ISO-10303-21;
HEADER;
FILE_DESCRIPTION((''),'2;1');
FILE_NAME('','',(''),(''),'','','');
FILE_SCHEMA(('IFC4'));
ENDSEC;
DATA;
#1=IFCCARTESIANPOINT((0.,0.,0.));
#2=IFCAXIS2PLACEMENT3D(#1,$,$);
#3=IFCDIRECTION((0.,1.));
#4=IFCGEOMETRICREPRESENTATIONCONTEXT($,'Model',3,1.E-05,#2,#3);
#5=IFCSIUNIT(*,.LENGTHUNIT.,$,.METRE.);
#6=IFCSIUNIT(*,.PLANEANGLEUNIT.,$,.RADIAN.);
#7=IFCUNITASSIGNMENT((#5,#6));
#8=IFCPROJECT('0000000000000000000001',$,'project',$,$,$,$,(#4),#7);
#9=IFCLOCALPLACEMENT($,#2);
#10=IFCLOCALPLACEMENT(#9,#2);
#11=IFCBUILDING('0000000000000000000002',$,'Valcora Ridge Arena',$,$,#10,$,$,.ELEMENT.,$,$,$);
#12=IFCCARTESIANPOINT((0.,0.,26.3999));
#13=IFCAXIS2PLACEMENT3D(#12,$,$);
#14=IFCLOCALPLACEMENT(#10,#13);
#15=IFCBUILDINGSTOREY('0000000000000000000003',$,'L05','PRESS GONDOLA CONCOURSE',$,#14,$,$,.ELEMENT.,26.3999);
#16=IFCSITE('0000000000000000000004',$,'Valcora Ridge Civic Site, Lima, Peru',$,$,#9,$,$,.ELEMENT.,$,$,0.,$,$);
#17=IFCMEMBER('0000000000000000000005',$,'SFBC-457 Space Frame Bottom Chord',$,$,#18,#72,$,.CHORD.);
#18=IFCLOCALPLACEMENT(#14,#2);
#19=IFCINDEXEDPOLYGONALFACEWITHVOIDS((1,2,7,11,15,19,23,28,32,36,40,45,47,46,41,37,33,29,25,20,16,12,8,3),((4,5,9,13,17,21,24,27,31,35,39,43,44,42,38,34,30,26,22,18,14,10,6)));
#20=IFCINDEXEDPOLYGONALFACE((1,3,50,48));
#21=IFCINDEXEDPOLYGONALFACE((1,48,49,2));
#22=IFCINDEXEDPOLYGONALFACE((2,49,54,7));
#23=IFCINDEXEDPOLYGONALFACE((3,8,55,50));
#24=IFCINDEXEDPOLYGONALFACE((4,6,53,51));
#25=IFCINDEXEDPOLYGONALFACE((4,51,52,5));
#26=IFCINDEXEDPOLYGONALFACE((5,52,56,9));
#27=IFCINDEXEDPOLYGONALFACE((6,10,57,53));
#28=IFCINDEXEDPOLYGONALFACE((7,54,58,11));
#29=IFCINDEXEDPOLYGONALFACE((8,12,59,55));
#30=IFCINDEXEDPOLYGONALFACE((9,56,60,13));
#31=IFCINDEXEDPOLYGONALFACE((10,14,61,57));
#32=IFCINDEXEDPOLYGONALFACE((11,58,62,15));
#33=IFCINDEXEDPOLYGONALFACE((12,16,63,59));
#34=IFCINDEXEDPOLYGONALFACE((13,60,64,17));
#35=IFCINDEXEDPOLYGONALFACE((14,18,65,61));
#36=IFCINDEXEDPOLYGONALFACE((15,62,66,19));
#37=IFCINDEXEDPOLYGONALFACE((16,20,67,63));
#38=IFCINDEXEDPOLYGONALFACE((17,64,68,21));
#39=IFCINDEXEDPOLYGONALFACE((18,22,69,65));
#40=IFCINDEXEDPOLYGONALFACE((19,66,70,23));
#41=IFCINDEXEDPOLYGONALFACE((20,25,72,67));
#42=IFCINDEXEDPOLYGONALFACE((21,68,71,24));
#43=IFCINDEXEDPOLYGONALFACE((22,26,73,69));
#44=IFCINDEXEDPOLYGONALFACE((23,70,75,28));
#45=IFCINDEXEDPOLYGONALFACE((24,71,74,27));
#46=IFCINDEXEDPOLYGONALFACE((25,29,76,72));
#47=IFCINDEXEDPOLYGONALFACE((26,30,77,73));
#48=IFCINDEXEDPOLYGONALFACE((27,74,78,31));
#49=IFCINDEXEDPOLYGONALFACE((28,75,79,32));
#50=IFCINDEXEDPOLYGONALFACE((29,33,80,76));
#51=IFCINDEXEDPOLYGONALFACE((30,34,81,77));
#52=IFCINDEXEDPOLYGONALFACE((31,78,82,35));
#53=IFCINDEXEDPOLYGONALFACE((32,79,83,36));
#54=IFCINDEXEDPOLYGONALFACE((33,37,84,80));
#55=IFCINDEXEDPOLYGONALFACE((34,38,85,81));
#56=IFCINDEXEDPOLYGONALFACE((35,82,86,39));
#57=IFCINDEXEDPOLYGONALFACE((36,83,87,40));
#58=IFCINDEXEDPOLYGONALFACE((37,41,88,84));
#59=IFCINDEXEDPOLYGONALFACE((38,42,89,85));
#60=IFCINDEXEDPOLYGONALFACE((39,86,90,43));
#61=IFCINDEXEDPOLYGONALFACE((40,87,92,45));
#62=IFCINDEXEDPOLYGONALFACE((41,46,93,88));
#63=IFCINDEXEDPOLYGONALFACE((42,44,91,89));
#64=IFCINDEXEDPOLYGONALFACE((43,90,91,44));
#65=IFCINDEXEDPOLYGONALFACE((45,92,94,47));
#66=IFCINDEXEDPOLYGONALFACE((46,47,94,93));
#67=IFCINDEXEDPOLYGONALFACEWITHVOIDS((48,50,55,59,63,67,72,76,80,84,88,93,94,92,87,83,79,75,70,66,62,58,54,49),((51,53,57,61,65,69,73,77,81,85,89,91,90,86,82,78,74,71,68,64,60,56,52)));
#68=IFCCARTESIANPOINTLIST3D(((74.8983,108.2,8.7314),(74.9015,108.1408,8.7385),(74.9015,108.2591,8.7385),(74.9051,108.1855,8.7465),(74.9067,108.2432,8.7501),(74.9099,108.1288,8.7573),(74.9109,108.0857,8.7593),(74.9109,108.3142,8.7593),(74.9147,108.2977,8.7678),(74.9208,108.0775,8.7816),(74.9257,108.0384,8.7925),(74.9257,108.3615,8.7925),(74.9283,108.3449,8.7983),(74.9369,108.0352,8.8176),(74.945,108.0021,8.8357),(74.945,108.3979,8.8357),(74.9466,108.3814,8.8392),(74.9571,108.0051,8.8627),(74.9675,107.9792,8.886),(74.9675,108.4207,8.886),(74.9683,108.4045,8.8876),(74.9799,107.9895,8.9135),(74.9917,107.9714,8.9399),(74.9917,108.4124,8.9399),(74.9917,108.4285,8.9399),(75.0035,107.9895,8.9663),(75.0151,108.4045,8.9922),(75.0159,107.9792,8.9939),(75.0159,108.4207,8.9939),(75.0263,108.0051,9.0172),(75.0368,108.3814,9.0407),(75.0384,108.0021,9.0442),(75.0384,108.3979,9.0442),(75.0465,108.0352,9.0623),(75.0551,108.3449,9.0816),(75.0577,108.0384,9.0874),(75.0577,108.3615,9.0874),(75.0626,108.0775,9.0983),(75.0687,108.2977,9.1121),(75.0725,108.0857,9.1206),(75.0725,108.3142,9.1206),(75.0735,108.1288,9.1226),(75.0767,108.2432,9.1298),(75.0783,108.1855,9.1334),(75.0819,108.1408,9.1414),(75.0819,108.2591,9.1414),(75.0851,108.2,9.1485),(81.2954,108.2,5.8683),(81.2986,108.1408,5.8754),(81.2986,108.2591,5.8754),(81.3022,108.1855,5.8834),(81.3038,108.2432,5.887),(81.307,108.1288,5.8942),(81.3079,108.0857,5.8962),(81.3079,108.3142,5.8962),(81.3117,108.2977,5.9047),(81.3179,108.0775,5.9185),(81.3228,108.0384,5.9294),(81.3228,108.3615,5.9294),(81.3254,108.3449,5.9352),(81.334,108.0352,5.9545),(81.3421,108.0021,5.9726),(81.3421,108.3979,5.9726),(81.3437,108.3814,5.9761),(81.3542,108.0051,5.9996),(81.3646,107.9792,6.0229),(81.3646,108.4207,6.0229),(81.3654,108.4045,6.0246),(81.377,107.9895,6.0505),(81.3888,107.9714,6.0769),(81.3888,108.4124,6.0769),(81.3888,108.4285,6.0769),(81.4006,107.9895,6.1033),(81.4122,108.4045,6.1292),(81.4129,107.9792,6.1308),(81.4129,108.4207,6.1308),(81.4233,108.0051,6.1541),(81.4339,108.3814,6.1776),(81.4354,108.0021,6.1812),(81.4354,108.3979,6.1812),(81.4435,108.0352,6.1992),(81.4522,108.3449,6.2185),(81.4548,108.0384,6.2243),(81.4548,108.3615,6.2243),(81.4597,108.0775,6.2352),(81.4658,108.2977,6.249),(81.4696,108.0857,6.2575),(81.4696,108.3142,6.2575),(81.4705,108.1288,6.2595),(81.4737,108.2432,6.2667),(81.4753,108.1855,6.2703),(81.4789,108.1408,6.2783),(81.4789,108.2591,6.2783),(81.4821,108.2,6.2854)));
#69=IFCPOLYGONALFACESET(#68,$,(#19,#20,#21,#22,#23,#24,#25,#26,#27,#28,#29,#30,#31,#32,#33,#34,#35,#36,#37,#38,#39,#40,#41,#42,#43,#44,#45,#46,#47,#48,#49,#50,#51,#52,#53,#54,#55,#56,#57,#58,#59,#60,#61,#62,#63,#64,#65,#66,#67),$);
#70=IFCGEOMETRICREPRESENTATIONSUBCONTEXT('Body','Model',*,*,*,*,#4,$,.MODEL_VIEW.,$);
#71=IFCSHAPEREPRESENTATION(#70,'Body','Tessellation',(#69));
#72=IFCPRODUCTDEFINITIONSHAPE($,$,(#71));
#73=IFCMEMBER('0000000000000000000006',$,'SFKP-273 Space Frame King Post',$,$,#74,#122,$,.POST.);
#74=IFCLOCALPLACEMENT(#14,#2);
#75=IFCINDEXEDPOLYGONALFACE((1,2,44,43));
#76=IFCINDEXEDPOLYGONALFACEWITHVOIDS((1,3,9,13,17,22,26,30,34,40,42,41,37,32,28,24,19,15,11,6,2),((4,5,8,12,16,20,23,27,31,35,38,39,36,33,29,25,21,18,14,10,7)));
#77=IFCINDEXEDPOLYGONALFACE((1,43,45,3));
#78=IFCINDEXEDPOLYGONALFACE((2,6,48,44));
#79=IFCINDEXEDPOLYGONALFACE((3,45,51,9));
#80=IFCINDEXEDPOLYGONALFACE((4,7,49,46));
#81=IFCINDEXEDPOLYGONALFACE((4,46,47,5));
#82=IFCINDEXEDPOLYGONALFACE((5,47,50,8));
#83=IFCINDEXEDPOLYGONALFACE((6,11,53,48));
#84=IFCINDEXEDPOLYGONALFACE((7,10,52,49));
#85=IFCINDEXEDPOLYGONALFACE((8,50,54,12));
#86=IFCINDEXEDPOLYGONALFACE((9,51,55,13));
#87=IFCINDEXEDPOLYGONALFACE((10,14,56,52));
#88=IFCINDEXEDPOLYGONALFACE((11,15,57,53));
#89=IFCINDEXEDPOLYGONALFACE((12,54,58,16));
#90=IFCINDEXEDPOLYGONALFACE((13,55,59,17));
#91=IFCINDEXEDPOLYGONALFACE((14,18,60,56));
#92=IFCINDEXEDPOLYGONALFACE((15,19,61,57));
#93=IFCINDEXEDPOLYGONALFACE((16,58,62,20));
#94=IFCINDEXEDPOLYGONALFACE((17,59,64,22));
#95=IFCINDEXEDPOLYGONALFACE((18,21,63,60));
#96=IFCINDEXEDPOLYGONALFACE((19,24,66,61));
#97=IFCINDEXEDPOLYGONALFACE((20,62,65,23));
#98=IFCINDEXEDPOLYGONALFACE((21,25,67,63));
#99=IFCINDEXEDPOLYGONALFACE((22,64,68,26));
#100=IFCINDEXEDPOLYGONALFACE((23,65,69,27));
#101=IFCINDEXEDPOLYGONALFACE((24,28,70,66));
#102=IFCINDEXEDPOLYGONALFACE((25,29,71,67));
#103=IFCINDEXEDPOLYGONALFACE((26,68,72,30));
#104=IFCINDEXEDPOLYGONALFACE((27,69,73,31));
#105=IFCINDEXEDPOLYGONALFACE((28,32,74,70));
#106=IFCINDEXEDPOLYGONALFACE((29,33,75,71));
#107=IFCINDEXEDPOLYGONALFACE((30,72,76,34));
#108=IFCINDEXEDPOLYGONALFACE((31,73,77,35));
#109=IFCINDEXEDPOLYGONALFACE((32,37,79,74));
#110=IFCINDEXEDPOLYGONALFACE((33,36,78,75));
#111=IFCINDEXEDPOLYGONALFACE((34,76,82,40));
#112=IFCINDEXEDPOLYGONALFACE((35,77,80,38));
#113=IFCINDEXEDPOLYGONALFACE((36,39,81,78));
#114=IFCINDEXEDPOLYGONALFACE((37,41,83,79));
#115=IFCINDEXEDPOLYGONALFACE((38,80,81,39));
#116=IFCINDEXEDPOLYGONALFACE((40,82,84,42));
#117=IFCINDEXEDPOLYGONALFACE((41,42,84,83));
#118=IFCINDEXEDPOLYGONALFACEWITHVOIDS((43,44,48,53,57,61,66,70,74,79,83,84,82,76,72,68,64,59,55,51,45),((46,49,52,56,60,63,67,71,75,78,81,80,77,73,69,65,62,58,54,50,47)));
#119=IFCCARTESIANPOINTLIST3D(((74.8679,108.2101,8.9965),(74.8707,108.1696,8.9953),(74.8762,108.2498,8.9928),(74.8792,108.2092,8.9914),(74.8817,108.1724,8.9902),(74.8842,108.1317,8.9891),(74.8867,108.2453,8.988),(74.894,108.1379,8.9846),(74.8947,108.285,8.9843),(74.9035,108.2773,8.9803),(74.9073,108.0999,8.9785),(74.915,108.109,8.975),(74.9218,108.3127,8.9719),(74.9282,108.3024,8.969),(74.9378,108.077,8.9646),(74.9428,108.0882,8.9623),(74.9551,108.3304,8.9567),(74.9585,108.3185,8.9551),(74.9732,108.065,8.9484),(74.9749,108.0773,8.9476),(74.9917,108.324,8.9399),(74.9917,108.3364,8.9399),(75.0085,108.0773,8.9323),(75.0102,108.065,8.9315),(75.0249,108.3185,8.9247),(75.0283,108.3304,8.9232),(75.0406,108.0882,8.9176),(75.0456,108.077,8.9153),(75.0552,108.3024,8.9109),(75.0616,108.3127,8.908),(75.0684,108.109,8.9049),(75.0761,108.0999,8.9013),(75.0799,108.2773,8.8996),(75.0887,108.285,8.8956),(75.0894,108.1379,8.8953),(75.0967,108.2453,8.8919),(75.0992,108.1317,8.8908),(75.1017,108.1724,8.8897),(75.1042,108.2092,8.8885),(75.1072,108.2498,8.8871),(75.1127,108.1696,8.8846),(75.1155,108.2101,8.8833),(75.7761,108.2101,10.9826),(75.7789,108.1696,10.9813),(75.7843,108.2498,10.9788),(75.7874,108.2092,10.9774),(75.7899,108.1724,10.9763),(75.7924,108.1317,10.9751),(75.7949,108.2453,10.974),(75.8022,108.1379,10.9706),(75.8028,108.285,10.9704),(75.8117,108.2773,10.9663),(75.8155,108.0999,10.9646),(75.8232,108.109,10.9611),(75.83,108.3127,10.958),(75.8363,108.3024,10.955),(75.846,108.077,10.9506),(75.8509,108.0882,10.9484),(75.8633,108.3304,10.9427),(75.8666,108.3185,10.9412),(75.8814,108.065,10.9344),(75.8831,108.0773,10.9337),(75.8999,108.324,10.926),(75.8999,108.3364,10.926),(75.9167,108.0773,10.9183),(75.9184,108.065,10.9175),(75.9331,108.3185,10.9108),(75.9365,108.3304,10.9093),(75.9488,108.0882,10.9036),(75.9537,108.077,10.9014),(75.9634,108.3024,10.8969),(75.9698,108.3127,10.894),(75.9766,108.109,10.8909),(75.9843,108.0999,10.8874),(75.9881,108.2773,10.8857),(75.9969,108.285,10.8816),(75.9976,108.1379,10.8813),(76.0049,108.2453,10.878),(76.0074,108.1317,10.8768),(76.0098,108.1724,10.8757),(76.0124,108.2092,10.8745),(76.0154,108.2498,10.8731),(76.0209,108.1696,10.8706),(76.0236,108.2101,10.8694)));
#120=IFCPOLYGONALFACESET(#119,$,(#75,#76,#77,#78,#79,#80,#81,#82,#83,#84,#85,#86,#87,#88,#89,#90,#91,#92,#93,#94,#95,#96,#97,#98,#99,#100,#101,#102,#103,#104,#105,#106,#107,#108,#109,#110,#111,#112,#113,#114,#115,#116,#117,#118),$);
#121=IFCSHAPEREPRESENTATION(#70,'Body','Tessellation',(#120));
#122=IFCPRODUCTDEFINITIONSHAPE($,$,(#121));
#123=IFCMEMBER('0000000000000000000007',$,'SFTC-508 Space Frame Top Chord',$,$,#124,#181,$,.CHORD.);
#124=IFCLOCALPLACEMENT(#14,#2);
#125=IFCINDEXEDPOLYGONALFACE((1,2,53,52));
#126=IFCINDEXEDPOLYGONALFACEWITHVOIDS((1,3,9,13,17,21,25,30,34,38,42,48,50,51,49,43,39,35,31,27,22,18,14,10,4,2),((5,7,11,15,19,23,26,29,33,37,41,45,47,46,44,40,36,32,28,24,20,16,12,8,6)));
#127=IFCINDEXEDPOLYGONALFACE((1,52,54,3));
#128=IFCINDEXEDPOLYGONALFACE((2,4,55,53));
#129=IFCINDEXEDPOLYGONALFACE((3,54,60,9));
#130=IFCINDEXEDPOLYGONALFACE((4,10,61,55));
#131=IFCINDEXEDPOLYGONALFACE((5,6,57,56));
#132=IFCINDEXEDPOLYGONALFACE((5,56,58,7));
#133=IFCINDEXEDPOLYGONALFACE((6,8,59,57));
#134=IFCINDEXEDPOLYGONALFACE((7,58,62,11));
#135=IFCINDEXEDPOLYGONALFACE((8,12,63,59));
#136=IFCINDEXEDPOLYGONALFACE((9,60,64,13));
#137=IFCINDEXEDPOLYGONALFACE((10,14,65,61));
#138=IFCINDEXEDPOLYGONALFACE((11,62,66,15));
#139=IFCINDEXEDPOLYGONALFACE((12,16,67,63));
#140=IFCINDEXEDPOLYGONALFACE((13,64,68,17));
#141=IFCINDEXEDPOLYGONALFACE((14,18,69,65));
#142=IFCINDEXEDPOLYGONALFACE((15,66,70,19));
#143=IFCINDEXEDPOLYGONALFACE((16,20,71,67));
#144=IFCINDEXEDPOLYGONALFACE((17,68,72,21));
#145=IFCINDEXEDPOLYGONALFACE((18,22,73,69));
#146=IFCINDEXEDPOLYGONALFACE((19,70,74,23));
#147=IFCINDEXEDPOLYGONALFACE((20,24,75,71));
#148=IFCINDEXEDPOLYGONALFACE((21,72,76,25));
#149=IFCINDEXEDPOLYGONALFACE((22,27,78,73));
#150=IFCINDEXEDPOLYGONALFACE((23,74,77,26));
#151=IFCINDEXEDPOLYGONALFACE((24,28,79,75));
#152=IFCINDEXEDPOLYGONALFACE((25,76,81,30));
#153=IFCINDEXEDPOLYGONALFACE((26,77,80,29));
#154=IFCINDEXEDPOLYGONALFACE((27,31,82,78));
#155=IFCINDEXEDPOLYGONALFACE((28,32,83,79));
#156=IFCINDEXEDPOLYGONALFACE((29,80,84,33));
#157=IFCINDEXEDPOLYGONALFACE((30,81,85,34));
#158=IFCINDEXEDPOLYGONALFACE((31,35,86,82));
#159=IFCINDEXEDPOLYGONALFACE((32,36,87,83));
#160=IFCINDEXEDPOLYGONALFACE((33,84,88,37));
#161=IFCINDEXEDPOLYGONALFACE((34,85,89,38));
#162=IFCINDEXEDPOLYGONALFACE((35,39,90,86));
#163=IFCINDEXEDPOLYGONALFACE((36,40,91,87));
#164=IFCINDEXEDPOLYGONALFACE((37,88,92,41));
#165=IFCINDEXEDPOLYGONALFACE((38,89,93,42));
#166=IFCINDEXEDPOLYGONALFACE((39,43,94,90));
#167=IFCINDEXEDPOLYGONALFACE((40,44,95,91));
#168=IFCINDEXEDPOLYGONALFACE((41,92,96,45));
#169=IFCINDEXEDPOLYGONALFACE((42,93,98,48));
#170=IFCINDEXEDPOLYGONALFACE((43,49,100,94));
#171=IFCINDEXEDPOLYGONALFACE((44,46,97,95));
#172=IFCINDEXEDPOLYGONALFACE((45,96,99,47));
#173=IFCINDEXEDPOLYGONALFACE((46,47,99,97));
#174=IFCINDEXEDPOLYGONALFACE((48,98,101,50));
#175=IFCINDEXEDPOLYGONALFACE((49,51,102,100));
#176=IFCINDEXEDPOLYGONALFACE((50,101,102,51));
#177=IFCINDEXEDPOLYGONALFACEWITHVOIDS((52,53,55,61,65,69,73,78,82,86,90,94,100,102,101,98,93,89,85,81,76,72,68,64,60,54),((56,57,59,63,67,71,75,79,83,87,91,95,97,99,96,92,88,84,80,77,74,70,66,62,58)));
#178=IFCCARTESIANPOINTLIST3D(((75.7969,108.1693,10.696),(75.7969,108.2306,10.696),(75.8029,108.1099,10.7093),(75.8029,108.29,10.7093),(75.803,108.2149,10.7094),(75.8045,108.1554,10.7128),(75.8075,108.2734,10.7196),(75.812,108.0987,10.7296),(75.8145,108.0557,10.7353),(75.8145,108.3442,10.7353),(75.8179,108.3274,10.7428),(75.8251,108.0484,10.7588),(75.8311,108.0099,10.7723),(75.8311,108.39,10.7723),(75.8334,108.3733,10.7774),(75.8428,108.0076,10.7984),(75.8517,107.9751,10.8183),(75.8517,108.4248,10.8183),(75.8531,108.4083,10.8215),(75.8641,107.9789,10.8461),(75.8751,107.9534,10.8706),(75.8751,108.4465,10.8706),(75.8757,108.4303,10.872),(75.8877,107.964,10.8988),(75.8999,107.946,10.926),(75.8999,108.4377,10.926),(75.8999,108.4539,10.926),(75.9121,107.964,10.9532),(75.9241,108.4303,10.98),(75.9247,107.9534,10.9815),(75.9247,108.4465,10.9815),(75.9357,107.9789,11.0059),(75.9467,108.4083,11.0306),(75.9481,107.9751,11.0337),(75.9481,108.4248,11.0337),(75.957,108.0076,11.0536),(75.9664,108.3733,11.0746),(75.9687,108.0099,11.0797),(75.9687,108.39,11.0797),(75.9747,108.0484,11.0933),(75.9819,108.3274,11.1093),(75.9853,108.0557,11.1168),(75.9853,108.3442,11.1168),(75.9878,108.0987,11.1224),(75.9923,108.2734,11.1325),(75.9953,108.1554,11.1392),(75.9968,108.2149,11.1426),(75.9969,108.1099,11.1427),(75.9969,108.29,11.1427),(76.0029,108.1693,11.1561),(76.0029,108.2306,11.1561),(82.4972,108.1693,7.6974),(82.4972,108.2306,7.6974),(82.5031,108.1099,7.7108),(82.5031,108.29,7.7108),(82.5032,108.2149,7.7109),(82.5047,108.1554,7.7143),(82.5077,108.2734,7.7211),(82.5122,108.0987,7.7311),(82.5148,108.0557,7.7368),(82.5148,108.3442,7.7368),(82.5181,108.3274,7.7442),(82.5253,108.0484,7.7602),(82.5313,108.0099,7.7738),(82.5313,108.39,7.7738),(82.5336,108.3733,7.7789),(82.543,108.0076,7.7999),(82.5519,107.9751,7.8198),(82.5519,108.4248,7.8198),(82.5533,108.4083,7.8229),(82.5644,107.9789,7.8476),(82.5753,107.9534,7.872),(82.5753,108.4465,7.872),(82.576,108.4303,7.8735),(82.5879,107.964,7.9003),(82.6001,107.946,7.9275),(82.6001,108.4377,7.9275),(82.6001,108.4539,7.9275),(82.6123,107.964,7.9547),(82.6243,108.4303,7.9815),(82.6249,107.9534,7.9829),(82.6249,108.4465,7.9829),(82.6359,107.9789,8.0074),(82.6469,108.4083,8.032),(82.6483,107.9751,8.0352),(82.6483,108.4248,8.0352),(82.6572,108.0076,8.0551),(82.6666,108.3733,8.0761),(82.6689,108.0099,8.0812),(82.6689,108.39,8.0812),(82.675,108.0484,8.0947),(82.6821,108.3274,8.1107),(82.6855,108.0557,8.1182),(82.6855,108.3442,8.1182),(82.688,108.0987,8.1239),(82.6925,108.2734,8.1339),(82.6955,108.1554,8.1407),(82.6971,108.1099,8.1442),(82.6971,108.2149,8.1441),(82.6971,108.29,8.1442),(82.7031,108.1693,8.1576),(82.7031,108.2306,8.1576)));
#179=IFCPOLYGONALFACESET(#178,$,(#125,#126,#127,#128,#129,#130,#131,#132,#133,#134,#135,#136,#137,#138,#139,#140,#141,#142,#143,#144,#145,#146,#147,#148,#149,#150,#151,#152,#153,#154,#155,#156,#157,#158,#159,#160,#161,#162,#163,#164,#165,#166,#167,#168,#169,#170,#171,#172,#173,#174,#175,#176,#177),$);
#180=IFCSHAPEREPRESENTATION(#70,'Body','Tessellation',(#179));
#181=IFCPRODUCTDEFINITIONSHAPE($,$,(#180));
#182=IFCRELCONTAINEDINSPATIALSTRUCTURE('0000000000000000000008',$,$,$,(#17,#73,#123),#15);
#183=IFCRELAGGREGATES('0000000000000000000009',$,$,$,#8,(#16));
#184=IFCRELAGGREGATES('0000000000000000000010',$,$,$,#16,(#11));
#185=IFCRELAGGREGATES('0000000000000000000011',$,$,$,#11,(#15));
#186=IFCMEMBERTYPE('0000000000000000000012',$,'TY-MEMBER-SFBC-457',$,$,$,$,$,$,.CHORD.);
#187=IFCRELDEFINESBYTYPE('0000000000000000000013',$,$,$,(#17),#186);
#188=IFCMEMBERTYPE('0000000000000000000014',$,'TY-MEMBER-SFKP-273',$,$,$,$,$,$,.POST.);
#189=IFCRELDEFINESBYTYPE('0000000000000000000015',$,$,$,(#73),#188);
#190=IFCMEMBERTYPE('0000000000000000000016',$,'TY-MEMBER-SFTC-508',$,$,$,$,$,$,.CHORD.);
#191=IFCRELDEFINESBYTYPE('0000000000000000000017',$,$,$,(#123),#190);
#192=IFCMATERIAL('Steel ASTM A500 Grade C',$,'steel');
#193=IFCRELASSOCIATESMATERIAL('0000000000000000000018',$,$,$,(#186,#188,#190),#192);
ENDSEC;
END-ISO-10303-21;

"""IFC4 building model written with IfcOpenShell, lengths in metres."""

from ifc_helpers import new_model, si_unit, direction, frame, origin, origin_2d, place, context, subcontext, project, spatial, hollow_circle, extrude, material, material_profile, profile_set, type_object, element, save


model = new_model("IFC4")

# Units and contexts
model_context = context("Model", 3, precision=1e-05, world=origin(), true_north=direction((0.0, 1.0)))
body_context = subcontext(model_context, "Body", "Model", "MODEL_VIEW")
ifc_project = project(units=[si_unit("LENGTHUNIT", "METRE"), si_unit("PLANEANGLEUNIT", "RADIAN")], contexts=[model_context])

# Site, building, storey
site_placement = place(None, origin())
site = spatial("IfcSite", under=ifc_project, at=site_placement, Name="Valcora Ridge Civic Site, Lima, Peru", CompositionType="ELEMENT", RefElevation=0.0)
building_placement = place(site_placement, origin())
building = spatial("IfcBuilding", under=site, at=building_placement, Name="Valcora Ridge Arena", CompositionType="ELEMENT")
storey_placement = place(building_placement, frame((0.0, 0.0, 26.3999)))
storey = spatial("IfcBuildingStorey", under=building, at=storey_placement, Name="L05", Description="PRESS GONDOLA CONCOURSE", CompositionType="ELEMENT", Elevation=26.3999)

# Members
ifc_material_1 = material(Name="Steel ASTM A500 Grade C", Category="steel")
ifc_material_profile_1 = material_profile(ifc_material_1, hollow_circle(Radius=0.2285, WallThickness=0.0161, at=origin_2d()), Name="CHS457X16")
ifc_profile_set_1 = profile_set([ifc_material_profile_1], Name="Steel ASTM A500 Grade C")
member_type_1 = type_object("IfcMemberType", Name="TY-MEMBER-SFBC-457", PredefinedType="CHORD", material=ifc_profile_set_1)
member_1_placement = place(storey_placement, frame((74.9917, 108.2, 8.9399), z_axis=(0.912753, 0.0, -0.408513), x_axis=(0.0, 1.0, 0.0)))
element("IfcMember", 1, at=member_1_placement, inside=storey, type_object=member_type_1, Name="SFBC-457 Space Frame Bottom Chord", PredefinedType="CHORD", context=body_context, shape_type="SweptSolid", body=[
    extrude(hollow_circle(Radius=0.2285, WallThickness=0.0161, at=origin_2d()), origin(), (0.0, 0.0, 1.0), 7.0085),
])
ifc_material_profile_2 = material_profile(ifc_material_1, hollow_circle(Radius=0.1365, WallThickness=0.0125, at=origin_2d()), Name="CHS273X12")
ifc_profile_set_2 = profile_set([ifc_material_profile_2], Name="Steel ASTM A500 Grade C")
member_type_2 = type_object("IfcMemberType", Name="TY-MEMBER-SFKP-273", PredefinedType="POST", material=ifc_profile_set_2)
member_2_placement = place(storey_placement, frame((74.9917, 108.2, 8.9399), z_axis=(0.415865, 0.0, 0.909426), x_axis=(0.0, 1.0, 0.0)))
element("IfcMember", 2, at=member_2_placement, inside=storey, type_object=member_type_2, Name="SFKP-273 Space Frame King Post", PredefinedType="POST", context=body_context, shape_type="SweptSolid", body=[
    extrude(hollow_circle(Radius=0.1365, WallThickness=0.0125, at=origin_2d()), origin(), (0.0, 0.0, 1.0), 2.1838),
])
ifc_material_profile_3 = material_profile(ifc_material_1, hollow_circle(Radius=0.2539, WallThickness=0.0161, at=origin_2d()), Name="CHS508X16")
ifc_profile_set_3 = profile_set([ifc_material_profile_3], Name="Steel ASTM A500 Grade C")
member_type_3 = type_object("IfcMemberType", Name="TY-MEMBER-SFTC-508", PredefinedType="CHORD", material=ifc_profile_set_3)
member_3_placement = place(storey_placement, frame((75.8999, 108.2, 10.926), z_axis=(0.912763, 0.0, -0.408489), x_axis=(0.0, 1.0, 0.0)))
element("IfcMember", 3, at=member_3_placement, inside=storey, type_object=member_type_3, Name="SFTC-508 Space Frame Top Chord", PredefinedType="CHORD", context=body_context, shape_type="SweptSolid", body=[
    extrude(hollow_circle(Radius=0.2539, WallThickness=0.0161, at=origin_2d()), origin(), (0.0, 0.0, 1.0), 7.3406),
])

save(model, "model.ifc")
